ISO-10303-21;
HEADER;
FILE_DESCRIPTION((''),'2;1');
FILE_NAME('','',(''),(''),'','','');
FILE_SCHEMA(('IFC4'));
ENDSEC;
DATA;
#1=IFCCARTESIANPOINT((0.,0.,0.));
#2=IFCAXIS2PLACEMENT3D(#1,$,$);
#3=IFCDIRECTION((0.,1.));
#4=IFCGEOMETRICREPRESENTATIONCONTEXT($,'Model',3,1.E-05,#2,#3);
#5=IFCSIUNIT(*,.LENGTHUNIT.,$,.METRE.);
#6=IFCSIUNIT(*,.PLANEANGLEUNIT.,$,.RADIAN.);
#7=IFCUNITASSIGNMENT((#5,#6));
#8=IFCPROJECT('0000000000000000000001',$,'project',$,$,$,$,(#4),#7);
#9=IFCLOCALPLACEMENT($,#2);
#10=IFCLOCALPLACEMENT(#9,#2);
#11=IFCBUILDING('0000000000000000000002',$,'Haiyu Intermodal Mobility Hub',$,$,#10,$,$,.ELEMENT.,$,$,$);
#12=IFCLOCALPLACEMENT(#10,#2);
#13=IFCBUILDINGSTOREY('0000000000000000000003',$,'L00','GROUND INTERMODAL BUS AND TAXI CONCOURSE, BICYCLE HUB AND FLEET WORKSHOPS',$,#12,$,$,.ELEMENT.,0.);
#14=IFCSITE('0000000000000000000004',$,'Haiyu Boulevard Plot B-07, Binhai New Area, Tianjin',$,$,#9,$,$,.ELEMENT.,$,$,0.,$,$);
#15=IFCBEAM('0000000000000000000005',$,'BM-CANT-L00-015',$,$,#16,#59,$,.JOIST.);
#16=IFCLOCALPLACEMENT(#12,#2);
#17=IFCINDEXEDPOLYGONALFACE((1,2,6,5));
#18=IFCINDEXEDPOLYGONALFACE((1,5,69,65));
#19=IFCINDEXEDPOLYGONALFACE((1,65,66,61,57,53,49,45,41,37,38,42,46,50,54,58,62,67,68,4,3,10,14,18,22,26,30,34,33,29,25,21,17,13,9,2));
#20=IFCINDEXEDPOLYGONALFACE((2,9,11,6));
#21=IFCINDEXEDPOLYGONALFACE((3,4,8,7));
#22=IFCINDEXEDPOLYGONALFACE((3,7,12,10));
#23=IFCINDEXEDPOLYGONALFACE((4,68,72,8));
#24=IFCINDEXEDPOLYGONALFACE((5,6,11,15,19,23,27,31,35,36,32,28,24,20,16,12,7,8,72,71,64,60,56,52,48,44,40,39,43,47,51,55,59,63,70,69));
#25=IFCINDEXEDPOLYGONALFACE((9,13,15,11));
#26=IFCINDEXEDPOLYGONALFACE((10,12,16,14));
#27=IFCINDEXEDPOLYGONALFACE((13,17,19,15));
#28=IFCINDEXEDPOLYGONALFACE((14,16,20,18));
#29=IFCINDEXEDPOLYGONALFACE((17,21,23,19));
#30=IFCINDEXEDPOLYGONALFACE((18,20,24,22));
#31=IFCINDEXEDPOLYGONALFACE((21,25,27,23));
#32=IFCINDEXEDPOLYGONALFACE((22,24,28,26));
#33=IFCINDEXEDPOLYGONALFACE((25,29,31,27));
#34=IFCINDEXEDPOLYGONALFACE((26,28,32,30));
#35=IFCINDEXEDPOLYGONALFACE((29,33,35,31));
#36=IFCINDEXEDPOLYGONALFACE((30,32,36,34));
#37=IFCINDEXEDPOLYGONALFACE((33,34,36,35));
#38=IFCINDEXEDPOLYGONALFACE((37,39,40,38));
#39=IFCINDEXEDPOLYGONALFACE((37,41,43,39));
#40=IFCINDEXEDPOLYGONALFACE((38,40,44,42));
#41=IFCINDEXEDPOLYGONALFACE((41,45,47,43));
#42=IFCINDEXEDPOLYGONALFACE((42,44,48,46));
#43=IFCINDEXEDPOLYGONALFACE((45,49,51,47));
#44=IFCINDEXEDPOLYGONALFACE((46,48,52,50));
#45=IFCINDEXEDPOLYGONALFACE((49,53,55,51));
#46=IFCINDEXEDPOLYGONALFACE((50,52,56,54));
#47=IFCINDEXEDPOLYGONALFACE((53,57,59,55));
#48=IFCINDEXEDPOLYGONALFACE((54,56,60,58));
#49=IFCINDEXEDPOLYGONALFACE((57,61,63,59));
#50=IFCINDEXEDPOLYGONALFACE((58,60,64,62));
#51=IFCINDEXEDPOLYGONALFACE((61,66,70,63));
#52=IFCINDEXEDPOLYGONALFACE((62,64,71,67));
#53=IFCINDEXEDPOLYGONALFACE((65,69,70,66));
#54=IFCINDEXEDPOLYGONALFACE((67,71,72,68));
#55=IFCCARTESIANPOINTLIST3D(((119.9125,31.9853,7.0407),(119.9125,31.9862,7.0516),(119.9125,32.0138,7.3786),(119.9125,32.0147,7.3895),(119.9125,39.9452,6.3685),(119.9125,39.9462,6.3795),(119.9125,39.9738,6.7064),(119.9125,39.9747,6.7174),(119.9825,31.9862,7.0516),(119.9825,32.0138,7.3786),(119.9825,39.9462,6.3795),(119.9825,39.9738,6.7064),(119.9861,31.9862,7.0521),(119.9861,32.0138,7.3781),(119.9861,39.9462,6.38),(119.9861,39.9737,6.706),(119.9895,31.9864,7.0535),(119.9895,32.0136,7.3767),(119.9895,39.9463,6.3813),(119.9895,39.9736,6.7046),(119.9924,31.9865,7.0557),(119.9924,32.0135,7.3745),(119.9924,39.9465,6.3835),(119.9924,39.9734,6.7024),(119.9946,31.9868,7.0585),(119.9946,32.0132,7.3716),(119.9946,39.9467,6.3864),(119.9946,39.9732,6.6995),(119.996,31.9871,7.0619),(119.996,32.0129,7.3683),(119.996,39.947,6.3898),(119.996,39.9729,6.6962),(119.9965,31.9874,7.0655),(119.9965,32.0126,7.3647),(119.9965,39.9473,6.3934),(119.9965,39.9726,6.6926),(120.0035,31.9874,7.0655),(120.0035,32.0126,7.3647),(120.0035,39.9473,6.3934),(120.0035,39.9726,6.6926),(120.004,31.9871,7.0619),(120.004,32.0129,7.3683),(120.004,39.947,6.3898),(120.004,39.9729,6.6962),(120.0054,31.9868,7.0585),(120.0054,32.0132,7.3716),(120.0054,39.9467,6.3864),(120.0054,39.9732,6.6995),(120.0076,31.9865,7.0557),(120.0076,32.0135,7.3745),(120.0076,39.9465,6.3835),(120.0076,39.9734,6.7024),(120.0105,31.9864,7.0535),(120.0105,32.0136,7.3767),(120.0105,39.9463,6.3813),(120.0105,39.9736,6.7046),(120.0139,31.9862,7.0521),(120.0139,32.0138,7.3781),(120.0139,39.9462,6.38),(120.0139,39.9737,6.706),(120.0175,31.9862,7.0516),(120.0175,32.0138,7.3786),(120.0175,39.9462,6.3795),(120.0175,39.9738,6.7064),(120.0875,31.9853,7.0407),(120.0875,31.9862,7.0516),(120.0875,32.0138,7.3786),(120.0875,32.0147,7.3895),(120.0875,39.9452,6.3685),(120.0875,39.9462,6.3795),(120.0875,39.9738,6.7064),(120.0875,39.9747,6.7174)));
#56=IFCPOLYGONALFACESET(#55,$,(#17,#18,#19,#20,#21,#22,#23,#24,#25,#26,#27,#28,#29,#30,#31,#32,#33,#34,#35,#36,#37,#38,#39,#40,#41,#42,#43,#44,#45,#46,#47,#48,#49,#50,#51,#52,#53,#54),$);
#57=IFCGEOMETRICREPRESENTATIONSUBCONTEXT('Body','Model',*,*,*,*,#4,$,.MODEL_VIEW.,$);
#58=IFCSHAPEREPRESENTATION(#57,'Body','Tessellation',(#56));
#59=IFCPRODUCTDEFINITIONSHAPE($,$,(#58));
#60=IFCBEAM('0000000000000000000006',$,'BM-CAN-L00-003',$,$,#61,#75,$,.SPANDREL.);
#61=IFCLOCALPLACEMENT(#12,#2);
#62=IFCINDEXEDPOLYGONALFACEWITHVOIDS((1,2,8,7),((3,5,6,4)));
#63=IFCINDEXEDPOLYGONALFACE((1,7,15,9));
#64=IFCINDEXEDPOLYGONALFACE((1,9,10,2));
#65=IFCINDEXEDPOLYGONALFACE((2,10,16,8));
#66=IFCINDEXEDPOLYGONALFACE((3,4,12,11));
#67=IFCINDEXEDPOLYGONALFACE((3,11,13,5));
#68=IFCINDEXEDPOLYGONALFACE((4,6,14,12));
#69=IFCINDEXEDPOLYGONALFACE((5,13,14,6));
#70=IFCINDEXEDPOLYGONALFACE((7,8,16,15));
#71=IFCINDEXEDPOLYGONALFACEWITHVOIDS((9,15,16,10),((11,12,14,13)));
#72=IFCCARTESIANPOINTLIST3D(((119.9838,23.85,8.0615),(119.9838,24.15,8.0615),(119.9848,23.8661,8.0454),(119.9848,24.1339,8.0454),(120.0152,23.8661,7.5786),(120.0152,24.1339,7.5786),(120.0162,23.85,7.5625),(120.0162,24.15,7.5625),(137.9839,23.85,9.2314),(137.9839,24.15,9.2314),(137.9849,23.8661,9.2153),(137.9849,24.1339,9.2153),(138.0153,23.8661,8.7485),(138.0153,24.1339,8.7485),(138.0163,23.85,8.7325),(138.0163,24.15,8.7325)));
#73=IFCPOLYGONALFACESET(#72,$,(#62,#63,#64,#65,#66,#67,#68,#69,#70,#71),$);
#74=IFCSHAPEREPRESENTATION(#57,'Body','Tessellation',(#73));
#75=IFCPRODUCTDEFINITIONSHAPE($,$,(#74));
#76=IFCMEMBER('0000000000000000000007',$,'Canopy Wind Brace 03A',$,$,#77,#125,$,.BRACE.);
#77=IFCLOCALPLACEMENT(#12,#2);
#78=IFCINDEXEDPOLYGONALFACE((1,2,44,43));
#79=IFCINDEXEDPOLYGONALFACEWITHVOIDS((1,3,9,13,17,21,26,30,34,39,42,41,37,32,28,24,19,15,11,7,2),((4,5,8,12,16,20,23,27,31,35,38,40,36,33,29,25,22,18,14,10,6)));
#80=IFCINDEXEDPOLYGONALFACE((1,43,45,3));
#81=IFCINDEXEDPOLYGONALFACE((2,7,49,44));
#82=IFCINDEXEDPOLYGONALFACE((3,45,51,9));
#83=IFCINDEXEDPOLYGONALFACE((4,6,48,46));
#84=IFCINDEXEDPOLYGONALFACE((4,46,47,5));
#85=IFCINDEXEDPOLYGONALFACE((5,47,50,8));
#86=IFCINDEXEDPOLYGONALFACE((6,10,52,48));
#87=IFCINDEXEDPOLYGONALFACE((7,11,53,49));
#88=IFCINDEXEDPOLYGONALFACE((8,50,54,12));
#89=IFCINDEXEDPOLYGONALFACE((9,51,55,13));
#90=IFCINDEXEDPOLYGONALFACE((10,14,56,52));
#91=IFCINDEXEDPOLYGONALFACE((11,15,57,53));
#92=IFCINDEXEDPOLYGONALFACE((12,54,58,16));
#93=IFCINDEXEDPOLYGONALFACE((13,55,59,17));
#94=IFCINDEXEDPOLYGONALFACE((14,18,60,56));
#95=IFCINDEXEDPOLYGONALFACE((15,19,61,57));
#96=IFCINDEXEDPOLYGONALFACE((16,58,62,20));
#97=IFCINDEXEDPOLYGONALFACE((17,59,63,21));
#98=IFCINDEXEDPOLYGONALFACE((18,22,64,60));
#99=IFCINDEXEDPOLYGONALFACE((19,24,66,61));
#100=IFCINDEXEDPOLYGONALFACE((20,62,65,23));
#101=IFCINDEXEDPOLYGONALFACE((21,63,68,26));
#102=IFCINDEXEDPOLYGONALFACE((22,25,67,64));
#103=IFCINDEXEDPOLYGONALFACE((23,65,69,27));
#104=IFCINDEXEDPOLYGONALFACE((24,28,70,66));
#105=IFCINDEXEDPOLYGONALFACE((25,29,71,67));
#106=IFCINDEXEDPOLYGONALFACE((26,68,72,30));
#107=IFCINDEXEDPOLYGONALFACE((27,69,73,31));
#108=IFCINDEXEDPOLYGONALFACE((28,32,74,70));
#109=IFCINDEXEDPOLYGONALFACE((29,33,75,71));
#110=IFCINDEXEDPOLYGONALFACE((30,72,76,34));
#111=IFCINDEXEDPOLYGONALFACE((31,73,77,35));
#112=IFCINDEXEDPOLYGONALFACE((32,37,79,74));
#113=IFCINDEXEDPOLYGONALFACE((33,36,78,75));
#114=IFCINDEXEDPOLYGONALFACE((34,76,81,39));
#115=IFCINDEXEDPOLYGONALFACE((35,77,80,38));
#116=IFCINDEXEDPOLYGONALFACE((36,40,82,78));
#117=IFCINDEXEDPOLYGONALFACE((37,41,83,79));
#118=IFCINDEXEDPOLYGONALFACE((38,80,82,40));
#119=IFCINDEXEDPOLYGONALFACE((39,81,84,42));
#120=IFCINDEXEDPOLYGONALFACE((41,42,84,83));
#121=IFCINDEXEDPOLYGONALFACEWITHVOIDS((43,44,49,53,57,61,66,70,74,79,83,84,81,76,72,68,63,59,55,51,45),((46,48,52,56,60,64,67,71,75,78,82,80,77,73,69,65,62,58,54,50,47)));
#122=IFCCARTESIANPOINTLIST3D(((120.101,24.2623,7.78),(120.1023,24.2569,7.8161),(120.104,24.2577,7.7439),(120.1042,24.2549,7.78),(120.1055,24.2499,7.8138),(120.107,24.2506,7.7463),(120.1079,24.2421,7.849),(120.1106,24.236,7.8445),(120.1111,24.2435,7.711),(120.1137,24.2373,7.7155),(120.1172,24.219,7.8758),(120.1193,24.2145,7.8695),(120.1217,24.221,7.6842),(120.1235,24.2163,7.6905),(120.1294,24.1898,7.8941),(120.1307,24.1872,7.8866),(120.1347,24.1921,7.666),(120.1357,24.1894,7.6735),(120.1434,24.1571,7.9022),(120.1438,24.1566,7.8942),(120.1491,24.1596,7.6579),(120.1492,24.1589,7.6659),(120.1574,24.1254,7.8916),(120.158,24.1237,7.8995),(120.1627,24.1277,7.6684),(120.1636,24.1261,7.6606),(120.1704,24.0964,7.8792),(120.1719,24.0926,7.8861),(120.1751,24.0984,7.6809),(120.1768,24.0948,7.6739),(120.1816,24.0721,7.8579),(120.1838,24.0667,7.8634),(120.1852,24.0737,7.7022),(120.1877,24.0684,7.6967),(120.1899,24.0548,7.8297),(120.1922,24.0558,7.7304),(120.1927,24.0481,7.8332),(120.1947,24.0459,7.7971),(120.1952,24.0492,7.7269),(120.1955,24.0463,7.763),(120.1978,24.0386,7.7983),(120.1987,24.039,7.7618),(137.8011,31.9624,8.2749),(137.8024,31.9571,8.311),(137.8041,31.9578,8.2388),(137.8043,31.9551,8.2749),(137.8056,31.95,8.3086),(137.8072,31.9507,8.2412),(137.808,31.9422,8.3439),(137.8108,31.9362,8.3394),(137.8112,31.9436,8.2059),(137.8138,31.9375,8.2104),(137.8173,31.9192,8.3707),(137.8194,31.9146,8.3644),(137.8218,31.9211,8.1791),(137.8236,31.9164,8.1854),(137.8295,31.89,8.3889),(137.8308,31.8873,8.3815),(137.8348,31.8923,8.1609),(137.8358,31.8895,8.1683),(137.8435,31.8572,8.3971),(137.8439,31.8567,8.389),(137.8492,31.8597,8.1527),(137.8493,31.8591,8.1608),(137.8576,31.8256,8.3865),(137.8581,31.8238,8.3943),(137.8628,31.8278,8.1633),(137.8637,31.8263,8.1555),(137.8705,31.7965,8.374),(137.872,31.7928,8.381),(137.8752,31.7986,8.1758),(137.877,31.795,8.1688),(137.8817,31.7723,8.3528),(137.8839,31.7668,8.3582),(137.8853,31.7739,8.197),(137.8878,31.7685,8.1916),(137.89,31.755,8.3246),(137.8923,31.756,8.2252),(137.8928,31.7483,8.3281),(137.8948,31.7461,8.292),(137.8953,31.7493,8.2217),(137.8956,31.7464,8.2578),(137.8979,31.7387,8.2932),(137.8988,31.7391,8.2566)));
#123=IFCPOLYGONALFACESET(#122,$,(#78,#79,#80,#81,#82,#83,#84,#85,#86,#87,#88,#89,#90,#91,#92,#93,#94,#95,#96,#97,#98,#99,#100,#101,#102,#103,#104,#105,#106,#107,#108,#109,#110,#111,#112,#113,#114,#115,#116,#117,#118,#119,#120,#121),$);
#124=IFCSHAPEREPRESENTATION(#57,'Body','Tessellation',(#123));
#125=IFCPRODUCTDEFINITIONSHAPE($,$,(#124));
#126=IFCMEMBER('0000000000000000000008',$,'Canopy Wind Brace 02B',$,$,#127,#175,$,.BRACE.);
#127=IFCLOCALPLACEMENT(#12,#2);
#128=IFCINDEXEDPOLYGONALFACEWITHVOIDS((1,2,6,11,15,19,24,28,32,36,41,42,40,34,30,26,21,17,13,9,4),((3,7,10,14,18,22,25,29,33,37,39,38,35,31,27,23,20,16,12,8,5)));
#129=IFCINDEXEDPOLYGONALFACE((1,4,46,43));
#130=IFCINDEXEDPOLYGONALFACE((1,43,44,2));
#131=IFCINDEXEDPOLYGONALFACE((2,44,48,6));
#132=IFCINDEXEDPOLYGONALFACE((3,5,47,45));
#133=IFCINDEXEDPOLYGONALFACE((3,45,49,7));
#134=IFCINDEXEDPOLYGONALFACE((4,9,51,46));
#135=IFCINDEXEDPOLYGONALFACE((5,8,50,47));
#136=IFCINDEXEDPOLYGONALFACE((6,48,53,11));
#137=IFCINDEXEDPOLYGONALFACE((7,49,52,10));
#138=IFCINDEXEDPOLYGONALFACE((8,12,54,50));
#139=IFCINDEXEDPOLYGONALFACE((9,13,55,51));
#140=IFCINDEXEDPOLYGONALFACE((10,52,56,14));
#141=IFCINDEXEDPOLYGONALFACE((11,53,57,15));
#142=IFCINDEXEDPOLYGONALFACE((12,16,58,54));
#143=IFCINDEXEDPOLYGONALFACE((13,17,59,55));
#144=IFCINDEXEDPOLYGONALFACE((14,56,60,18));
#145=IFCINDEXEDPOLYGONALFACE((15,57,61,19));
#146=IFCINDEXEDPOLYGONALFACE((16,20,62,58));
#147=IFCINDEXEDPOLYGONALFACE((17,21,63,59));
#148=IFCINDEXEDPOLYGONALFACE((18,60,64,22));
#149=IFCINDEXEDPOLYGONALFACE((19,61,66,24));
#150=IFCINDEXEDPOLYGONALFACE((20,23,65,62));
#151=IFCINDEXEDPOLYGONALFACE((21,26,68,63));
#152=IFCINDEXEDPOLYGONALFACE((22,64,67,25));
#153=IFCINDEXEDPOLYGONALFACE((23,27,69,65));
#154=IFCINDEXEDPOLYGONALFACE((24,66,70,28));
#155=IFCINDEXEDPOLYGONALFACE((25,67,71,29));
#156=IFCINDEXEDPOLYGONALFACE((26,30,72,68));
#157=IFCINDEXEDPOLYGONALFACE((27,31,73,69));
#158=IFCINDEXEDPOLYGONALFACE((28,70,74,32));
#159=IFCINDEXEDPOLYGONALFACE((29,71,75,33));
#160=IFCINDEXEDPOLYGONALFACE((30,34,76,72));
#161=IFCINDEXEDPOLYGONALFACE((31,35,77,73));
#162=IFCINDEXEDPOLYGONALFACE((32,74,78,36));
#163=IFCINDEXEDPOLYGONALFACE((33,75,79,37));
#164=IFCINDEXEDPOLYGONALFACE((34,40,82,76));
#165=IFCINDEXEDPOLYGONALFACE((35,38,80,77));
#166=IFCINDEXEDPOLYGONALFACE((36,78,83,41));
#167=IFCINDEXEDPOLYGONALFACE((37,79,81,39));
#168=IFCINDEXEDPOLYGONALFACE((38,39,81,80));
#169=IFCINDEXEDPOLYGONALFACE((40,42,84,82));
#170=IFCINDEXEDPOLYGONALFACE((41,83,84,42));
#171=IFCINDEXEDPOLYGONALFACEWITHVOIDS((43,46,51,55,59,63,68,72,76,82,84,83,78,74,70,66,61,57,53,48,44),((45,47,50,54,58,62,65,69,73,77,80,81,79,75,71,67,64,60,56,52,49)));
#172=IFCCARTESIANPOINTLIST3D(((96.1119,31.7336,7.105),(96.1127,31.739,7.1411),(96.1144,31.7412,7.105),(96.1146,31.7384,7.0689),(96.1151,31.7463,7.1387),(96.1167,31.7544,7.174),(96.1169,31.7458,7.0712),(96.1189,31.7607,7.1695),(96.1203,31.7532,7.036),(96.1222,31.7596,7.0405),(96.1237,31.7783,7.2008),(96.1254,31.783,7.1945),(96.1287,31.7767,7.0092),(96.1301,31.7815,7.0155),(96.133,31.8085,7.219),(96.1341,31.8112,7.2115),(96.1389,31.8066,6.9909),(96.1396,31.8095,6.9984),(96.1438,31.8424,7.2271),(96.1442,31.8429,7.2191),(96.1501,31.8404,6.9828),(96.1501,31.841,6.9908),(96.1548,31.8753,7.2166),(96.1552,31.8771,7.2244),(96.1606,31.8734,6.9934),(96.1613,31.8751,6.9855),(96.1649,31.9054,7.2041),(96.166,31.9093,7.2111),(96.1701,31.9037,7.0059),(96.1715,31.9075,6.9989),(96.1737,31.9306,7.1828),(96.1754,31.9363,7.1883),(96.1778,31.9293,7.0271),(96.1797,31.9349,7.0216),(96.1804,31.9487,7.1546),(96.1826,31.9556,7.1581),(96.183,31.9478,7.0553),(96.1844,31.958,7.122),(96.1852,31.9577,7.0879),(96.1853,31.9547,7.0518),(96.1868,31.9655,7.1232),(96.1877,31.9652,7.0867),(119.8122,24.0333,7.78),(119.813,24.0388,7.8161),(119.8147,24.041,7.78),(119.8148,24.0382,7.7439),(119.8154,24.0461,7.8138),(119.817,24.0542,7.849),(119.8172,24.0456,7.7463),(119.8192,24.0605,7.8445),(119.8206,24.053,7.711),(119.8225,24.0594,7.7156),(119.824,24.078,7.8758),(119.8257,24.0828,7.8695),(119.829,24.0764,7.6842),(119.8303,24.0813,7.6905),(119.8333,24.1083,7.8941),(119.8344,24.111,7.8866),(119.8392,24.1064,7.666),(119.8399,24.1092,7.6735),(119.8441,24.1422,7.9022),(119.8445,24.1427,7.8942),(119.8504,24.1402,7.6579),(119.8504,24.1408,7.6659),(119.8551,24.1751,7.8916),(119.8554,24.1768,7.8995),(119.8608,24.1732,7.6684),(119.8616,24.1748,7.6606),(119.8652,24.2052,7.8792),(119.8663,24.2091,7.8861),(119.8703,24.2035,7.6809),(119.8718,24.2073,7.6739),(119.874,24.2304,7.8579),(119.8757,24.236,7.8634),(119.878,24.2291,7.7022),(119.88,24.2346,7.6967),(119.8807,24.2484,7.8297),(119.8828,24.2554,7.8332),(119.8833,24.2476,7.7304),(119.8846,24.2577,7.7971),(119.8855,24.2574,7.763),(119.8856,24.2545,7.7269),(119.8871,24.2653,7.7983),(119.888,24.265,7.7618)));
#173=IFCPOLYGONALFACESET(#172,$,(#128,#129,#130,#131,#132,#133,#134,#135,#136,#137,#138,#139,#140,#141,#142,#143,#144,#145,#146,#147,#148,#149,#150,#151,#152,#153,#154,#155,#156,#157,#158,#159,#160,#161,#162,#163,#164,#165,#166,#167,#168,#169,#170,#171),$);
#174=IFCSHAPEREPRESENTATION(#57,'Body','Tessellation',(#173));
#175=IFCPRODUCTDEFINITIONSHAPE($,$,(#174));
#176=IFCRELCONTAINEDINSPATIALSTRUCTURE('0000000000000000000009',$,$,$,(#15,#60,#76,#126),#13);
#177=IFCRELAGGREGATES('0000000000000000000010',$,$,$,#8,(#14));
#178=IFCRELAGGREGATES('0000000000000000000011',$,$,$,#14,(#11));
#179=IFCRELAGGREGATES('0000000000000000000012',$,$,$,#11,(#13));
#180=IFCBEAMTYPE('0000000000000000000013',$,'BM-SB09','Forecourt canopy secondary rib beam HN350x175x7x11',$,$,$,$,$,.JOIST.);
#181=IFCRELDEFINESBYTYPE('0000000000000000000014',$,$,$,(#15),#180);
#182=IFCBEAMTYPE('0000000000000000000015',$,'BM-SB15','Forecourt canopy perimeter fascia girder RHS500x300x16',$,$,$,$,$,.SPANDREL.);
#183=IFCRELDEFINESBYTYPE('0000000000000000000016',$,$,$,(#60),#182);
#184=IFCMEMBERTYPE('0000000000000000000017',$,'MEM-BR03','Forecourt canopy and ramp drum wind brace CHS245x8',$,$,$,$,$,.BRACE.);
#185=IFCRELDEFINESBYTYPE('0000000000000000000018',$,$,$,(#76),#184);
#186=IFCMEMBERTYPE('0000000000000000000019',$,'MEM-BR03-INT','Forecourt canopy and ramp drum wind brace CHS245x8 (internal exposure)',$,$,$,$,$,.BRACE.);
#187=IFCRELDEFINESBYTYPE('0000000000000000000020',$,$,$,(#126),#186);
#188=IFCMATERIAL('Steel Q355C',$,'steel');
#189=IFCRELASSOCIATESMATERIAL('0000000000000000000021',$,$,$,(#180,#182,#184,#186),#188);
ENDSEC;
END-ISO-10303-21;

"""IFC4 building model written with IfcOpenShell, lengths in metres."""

from ifc_helpers import new_model, si_unit, direction, frame, origin, origin_2d, place, context, subcontext, project, spatial, hollow_rectangle, hollow_circle, i_section, extrude, material, material_profile, profile_set, type_object, element, save


model = new_model("IFC4")

# Units and contexts
model_context = context("Model", 3, precision=1e-05, world=origin(), true_north=direction((0.0, 1.0)))
body_context = subcontext(model_context, "Body", "Model", "MODEL_VIEW")
ifc_project = project(units=[si_unit("LENGTHUNIT", "METRE"), si_unit("PLANEANGLEUNIT", "RADIAN")], contexts=[model_context])

# Site, building, storey
site_placement = place(None, origin())
site = spatial("IfcSite", under=ifc_project, at=site_placement, Name="Haiyu Boulevard Plot B-07, Binhai New Area, Tianjin", CompositionType="ELEMENT", RefElevation=0.0)
building_placement = place(site_placement, origin())
building = spatial("IfcBuilding", under=site, at=building_placement, Name="Haiyu Intermodal Mobility Hub", CompositionType="ELEMENT")
storey_placement = place(building_placement, origin())
storey = spatial("IfcBuildingStorey", under=building, at=storey_placement, Name="L00", Description="GROUND INTERMODAL BUS AND TAXI CONCOURSE, BICYCLE HUB AND FLEET WORKSHOPS", CompositionType="ELEMENT", Elevation=0.0)

# Shared definitions
ifc_material_1 = material(Name="Steel Q355C", Category="steel")

# Beams
ifc_material_profile_1 = material_profile(ifc_material_1, i_section(OverallWidth=0.175, OverallDepth=0.3501, WebThickness=0.0071, FlangeThickness=0.011, FilletRadius=0.0139, at=origin_2d()), Name="HN350x175x7x11")
ifc_profile_set_1 = profile_set([ifc_material_profile_1], Name="Steel Q355C")
beam_type_1 = type_object("IfcBeamType", Name="BM-SB09", Description="Forecourt canopy secondary rib beam HN350x175x7x11", PredefinedType="JOIST", material=ifc_profile_set_1)
beam_1_placement = place(storey_placement, frame((120.0, 32.0, 7.2151), z_axis=(0.0, 0.996454, -0.084138), x_axis=(-1.0, 0.0, 0.0)))
element("IfcBeam", 1, at=beam_1_placement, inside=storey, type_object=beam_type_1, Name="BM-CANT-L00-015", PredefinedType="JOIST", context=body_context, shape_type="SweptSolid", body=[
    extrude(i_section(OverallWidth=0.175, OverallDepth=0.3501, WebThickness=0.0071, FlangeThickness=0.011, FilletRadius=0.0139, at=origin_2d()), origin(), (0.0, 0.0, 1.0), 7.9883),
])
ifc_material_profile_2 = material_profile(ifc_material_1, hollow_rectangle(XDim=0.3, YDim=0.5, WallThickness=0.0161, at=origin_2d()), Name="RHS500x300x16")
ifc_profile_set_2 = profile_set([ifc_material_profile_2], Name="Steel Q355C")
beam_type_2 = type_object("IfcBeamType", Name="BM-SB15", Description="Forecourt canopy perimeter fascia girder RHS500x300x16", PredefinedType="SPANDREL", material=ifc_profile_set_2)
beam_2_placement = place(storey_placement, frame((120.0, 24.0, 7.812), z_axis=(0.997894, 0.0, 0.064859), x_axis=(0.0, 1.0, 0.0)))
element("IfcBeam", 2, at=beam_2_placement, inside=storey, type_object=beam_type_2, Name="BM-CAN-L00-003", PredefinedType="SPANDREL", context=body_context, shape_type="SweptSolid", body=[
    extrude(hollow_rectangle(XDim=0.3, YDim=0.5, WallThickness=0.0161, at=origin_2d()), origin(), (0.0, 0.0, 1.0), 18.0381),
])

# Members
ifc_material_profile_3 = material_profile(ifc_material_1, hollow_circle(Radius=0.1226, WallThickness=0.0081, at=origin_2d()), Name="CHS245x8")
ifc_profile_set_3 = profile_set([ifc_material_profile_3], Name="Steel Q355C")
member_type_1 = type_object("IfcMemberType", Name="MEM-BR03", Description="Forecourt canopy and ramp drum wind brace CHS245x8", PredefinedType="BRACE", material=ifc_profile_set_3)
member_1_placement = place(storey_placement, frame((120.1499, 24.1499, 7.78), z_axis=(0.916684, 0.398789, 0.025629), x_axis=(-0.39892, 0.916986, 0.0)))
element("IfcMember", 3, at=member_1_placement, inside=storey, type_object=member_type_1, Name="Canopy Wind Brace 03A", PredefinedType="BRACE", context=body_context, shape_type="SweptSolid", body=[
    extrude(hollow_circle(Radius=0.1226, WallThickness=0.0081, at=origin_2d()), origin(), (0.0, 0.0, 1.0), 19.3088),
])
ifc_material_profile_4 = material_profile(ifc_material_1, hollow_circle(Radius=0.1226, WallThickness=0.0081, at=origin_2d()), Name="CHS245x8")
ifc_profile_set_4 = profile_set([ifc_material_profile_4], Name="Steel Q355C")
member_type_2 = type_object("IfcMemberType", Name="MEM-BR03-INT", Description="Forecourt canopy and ramp drum wind brace CHS245x8 (internal exposure)", PredefinedType="BRACE", material=ifc_profile_set_4)
member_2_placement = place(storey_placement, frame((119.8501, 24.1499, 7.78), z_axis=(-0.950713, 0.308887, -0.027079), x_axis=(-0.309, -0.951062, 0.0)))
element("IfcMember", 4, at=member_2_placement, inside=storey, type_object=member_type_2, Name="Canopy Wind Brace 02B", PredefinedType="BRACE", context=body_context, shape_type="SweptSolid", body=[
    extrude(hollow_circle(Radius=0.1226, WallThickness=0.0081, at=origin_2d()), origin(), (0.0, 0.0, 1.0), 24.929),
])

save(model, "model.ifc")
